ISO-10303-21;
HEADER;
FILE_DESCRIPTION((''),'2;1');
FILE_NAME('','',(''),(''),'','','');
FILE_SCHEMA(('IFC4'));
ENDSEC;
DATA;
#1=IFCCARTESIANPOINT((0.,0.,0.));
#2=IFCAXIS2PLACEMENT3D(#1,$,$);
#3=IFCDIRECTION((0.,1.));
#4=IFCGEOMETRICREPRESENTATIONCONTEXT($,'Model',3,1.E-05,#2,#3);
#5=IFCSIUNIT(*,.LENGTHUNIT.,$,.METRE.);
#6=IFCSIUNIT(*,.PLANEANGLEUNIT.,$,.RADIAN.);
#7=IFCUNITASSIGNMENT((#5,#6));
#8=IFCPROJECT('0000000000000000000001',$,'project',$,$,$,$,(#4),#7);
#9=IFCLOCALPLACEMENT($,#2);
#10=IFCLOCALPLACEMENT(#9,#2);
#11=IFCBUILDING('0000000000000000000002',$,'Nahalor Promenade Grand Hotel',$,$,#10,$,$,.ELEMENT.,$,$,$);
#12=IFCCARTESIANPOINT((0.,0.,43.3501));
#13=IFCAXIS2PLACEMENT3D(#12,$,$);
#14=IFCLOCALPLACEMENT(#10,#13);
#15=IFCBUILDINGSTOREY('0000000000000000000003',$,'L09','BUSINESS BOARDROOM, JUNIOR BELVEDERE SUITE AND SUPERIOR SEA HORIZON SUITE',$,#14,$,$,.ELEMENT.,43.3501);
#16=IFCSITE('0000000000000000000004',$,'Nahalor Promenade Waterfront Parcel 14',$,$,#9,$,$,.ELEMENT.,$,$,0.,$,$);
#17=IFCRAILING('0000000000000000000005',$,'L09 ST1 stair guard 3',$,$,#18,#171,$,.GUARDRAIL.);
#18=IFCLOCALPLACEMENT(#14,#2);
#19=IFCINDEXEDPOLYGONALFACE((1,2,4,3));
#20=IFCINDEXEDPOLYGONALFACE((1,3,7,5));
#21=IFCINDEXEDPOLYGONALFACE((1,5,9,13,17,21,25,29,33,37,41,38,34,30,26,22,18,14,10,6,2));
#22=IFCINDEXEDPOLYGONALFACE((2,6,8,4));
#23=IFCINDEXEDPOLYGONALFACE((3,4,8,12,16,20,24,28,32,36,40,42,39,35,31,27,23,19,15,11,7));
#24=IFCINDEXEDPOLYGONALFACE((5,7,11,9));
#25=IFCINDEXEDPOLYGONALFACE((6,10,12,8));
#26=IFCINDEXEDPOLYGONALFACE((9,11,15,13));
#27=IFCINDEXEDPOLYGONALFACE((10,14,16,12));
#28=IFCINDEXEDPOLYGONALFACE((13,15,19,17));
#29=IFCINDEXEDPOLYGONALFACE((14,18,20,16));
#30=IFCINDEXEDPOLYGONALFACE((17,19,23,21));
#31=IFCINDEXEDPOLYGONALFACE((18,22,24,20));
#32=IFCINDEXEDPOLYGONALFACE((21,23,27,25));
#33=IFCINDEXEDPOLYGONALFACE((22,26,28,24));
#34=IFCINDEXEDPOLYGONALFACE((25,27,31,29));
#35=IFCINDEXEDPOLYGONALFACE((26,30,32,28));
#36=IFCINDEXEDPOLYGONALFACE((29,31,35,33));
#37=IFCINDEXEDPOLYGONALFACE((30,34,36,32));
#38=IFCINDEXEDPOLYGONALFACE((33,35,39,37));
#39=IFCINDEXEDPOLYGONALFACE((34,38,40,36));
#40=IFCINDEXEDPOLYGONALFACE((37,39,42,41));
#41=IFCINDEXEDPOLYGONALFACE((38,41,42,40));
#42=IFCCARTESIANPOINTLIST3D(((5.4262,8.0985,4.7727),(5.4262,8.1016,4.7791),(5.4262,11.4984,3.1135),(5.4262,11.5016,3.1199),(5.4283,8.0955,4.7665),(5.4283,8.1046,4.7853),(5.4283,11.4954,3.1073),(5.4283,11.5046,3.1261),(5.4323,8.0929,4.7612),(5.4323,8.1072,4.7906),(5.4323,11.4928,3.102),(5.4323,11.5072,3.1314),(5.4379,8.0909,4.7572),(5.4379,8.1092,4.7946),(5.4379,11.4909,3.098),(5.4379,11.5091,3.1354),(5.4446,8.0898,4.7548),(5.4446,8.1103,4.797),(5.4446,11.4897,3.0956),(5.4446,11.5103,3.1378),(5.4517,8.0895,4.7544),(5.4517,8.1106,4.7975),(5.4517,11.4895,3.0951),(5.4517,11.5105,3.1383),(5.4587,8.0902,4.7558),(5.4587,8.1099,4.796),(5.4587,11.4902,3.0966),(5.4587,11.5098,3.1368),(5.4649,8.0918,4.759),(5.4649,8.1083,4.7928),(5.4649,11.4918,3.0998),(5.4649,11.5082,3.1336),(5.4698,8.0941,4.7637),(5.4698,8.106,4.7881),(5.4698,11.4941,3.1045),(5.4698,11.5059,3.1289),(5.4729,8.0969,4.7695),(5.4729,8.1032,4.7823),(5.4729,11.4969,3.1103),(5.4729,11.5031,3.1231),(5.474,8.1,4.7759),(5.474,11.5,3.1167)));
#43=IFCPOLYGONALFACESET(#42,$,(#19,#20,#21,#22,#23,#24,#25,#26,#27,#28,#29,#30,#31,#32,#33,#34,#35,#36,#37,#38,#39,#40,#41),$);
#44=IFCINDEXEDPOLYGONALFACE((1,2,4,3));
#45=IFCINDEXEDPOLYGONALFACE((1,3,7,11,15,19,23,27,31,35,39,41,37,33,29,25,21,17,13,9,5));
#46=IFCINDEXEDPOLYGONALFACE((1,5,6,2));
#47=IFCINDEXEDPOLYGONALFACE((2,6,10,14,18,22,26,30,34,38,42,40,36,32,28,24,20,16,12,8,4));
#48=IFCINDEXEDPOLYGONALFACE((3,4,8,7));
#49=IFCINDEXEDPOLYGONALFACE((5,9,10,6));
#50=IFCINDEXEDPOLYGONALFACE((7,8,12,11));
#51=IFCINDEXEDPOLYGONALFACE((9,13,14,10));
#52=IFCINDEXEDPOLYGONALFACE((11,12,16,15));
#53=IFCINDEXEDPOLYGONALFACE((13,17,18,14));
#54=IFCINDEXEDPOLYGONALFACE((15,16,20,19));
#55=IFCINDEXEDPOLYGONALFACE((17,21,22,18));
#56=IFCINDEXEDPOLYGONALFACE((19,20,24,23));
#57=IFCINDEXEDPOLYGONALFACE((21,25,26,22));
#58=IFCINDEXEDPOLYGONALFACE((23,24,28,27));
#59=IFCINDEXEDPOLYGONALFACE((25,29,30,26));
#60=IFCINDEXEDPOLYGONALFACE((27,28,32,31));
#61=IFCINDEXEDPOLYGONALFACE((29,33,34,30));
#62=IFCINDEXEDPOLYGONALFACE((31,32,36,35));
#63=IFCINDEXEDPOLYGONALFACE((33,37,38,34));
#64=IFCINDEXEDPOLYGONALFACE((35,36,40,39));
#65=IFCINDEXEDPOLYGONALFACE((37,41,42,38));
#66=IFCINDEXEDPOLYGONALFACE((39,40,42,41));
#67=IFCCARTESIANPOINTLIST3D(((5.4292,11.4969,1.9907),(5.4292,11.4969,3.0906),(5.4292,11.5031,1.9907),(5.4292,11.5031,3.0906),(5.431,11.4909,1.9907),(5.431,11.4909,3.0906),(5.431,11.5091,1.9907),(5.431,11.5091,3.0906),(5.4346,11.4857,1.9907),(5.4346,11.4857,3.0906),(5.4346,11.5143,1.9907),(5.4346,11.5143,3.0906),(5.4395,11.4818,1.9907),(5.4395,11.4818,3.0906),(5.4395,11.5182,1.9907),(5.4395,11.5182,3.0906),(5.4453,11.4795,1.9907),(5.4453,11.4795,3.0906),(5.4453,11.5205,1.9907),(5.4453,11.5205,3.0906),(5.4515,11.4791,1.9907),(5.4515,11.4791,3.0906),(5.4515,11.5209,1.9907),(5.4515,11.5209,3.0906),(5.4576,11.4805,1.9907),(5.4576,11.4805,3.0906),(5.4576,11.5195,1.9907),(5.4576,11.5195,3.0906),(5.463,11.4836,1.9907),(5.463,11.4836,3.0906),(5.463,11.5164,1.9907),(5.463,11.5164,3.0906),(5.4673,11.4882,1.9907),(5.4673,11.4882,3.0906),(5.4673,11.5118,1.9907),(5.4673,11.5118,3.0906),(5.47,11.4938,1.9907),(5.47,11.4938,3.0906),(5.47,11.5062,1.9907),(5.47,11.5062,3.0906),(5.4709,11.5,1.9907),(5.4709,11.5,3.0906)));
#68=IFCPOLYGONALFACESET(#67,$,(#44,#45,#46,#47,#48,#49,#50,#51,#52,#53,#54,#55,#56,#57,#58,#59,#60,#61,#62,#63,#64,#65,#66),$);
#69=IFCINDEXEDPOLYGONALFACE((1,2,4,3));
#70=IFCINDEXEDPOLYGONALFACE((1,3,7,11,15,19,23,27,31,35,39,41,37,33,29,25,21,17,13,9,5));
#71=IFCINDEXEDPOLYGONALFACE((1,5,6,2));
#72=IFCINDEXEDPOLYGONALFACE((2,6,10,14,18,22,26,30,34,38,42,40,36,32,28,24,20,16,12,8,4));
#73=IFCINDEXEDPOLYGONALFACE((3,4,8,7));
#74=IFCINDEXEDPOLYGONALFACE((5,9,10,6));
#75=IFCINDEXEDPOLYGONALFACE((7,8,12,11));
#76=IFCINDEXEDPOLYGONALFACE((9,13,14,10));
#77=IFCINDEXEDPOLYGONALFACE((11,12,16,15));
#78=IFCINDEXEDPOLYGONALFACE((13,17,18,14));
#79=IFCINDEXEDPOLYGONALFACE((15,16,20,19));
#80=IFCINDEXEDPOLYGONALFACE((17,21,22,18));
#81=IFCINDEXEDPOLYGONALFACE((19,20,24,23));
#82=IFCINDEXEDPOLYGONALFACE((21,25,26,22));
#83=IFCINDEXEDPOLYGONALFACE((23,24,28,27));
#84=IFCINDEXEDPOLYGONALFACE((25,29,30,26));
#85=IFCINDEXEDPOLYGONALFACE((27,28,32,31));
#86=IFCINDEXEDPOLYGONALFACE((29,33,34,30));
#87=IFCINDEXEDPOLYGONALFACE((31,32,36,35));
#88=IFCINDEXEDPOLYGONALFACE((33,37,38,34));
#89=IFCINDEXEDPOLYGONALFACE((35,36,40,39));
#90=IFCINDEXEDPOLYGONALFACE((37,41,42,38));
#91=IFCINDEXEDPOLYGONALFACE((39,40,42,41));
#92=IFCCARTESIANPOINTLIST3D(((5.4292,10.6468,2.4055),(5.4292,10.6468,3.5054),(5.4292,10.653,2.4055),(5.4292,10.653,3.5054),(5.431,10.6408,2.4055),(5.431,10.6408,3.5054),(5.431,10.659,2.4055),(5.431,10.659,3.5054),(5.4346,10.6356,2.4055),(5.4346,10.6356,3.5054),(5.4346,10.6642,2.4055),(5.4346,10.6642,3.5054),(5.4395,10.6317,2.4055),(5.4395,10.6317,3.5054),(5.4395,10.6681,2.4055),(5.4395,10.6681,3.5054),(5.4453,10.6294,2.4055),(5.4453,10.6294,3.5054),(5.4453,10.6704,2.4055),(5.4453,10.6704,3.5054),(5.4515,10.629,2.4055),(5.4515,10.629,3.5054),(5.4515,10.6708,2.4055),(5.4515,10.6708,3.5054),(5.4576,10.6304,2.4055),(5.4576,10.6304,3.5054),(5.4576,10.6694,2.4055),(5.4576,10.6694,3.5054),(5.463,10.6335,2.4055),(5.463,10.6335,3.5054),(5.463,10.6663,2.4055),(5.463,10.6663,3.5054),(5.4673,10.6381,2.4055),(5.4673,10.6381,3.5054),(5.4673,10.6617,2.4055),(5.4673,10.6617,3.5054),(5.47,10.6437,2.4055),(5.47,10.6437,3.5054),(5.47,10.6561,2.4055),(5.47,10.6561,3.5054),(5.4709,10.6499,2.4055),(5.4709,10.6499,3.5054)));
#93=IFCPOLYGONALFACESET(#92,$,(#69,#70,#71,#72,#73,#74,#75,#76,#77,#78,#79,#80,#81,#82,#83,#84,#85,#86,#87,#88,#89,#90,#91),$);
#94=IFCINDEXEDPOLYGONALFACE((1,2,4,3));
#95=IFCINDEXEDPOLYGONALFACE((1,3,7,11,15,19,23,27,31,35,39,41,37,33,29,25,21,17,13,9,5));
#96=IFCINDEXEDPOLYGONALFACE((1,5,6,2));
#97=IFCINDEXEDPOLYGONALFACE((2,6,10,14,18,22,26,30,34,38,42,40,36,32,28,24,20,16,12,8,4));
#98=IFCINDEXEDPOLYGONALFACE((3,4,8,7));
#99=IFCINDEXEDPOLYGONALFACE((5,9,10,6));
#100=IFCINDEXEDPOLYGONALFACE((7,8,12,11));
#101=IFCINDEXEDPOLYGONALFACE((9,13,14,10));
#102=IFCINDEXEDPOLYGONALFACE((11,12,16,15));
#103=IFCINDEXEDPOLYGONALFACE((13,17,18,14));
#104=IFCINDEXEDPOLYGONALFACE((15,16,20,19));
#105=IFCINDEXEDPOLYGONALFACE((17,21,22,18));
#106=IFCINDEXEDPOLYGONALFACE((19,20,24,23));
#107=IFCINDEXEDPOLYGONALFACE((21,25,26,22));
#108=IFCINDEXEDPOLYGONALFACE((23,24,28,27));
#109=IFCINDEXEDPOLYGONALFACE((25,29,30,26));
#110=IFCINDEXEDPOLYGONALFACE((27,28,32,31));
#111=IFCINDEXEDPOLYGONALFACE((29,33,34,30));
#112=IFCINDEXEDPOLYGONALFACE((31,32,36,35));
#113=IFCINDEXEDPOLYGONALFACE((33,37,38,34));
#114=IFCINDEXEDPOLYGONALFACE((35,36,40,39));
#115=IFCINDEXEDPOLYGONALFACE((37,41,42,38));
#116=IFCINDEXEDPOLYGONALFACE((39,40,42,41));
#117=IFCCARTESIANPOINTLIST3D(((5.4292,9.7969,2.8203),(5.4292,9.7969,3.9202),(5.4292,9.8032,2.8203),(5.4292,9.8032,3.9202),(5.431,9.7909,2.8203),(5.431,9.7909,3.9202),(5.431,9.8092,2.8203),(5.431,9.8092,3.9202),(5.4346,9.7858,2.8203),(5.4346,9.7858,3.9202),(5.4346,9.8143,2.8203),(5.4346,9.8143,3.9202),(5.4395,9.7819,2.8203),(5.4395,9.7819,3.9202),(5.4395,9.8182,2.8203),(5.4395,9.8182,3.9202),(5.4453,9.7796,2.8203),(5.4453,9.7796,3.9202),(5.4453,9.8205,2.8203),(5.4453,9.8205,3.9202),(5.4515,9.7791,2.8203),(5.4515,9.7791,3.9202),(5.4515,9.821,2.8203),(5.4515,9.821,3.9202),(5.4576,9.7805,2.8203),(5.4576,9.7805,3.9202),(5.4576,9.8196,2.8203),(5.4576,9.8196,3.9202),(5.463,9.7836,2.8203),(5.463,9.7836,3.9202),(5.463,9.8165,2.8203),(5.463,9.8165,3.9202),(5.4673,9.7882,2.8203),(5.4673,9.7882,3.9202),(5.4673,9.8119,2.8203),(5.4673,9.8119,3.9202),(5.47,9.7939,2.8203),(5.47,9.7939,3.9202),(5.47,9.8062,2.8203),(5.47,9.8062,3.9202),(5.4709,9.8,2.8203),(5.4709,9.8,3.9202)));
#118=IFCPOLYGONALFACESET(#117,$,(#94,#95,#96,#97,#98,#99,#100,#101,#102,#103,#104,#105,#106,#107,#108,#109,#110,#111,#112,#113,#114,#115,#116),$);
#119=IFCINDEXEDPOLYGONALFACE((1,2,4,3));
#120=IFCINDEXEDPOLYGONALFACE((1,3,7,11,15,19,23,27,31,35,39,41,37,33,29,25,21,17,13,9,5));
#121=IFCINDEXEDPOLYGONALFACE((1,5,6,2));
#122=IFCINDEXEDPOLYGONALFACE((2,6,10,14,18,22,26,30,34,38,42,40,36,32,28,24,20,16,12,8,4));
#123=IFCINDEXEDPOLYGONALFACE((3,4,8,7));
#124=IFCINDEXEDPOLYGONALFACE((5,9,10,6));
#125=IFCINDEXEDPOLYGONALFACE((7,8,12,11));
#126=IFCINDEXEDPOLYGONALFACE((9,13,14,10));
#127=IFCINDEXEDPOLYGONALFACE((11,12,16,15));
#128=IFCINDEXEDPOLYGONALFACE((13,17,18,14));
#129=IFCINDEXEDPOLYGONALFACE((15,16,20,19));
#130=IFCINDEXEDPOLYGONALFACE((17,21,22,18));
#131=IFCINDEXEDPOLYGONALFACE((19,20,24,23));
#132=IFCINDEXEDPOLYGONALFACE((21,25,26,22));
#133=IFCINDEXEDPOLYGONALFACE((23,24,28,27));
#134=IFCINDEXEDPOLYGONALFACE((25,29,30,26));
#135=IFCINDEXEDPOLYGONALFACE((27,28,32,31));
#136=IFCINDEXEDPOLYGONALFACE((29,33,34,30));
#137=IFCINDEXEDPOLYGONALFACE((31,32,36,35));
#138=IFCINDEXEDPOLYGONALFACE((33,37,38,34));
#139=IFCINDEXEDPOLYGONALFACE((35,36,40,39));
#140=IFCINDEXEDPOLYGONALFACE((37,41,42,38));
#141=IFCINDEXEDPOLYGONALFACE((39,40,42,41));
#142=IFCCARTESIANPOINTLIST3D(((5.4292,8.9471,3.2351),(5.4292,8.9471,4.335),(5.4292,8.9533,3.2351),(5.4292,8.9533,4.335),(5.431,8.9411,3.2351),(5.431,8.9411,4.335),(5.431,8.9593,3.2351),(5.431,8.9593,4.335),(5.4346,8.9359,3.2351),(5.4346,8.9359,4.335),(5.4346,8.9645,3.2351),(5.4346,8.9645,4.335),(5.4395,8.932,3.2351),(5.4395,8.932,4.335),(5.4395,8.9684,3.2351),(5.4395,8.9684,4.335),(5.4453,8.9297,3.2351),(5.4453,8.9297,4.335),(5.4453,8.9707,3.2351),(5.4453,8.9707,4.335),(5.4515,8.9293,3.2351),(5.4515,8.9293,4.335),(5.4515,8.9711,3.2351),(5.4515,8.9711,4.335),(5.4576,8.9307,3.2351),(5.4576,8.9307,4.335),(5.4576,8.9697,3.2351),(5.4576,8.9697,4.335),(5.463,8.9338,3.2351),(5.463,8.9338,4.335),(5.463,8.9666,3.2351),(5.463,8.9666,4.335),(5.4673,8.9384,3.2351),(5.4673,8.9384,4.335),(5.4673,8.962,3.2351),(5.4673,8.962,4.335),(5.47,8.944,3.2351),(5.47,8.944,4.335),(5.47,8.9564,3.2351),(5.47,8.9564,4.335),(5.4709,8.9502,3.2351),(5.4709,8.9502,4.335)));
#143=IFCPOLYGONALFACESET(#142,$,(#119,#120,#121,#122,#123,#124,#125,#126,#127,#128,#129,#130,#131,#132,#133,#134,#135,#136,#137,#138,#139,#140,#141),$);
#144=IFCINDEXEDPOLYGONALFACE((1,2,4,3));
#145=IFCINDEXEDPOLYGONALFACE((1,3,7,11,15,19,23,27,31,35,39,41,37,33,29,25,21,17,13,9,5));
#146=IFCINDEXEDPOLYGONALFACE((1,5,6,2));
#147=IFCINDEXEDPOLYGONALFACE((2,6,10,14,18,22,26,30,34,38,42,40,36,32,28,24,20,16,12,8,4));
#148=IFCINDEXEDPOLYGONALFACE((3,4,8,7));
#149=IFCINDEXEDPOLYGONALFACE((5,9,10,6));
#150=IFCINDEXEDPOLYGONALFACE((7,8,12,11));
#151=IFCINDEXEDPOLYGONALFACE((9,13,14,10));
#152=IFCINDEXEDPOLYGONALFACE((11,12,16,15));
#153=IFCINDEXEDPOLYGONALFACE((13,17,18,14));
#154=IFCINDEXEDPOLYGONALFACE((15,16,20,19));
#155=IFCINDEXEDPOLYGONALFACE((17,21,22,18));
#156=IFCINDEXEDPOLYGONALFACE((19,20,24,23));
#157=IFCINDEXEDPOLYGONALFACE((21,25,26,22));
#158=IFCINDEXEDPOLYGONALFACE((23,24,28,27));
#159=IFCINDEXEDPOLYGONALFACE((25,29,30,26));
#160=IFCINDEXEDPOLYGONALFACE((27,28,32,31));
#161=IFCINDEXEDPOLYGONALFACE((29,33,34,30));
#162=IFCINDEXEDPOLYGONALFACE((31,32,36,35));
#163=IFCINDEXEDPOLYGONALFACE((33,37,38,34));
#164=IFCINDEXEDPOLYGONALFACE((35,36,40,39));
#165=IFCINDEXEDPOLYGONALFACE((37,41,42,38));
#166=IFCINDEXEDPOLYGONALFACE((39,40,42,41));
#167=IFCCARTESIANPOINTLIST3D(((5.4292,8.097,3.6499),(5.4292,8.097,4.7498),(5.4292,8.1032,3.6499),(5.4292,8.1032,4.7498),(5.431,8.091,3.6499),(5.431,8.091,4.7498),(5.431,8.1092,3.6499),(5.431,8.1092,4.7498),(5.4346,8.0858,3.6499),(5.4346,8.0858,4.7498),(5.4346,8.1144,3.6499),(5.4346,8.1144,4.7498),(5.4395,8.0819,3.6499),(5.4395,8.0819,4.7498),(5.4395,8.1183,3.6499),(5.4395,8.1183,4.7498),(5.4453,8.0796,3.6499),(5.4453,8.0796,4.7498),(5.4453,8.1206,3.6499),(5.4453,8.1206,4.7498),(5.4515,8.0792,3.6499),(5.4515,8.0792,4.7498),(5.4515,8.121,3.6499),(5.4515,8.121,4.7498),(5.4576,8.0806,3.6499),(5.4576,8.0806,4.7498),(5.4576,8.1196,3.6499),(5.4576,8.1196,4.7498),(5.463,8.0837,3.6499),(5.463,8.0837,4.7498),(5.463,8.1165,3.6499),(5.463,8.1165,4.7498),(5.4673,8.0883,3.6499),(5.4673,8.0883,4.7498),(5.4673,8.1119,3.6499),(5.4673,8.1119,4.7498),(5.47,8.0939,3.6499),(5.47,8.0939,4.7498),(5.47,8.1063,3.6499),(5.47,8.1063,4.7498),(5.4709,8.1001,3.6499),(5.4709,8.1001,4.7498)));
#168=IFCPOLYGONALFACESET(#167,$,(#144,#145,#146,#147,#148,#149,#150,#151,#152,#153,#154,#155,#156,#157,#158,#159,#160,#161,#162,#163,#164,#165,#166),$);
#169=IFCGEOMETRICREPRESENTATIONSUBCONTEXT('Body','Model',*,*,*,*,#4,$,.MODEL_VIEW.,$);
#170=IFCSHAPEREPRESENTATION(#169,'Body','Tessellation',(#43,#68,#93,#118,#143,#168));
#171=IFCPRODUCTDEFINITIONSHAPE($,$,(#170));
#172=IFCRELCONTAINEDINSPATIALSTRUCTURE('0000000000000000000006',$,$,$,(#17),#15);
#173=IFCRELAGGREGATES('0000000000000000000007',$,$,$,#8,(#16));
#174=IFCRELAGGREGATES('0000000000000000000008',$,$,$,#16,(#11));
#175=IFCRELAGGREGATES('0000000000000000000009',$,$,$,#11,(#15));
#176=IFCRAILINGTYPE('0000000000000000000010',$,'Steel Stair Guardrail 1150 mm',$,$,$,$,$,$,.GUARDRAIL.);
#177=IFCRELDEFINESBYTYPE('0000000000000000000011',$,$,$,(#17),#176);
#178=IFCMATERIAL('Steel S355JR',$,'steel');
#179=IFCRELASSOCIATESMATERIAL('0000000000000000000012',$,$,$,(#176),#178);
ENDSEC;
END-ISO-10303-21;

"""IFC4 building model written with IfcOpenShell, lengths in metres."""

from ifc_helpers import new_model, si_unit, direction, frame, origin, origin_2d, place, context, subcontext, project, spatial, circle, extrude, material, type_object, element, save


model = new_model("IFC4")

# Units and contexts
model_context = context("Model", 3, precision=1e-05, world=origin(), true_north=direction((0.0, 1.0)))
body_context = subcontext(model_context, "Body", "Model", "MODEL_VIEW")
ifc_project = project(units=[si_unit("LENGTHUNIT", "METRE"), si_unit("PLANEANGLEUNIT", "RADIAN")], contexts=[model_context])

# Site, building, storey
site_placement = place(None, origin())
site = spatial("IfcSite", under=ifc_project, at=site_placement, Name="Nahalor Promenade Waterfront Parcel 14", CompositionType="ELEMENT", RefElevation=0.0)
building_placement = place(site_placement, origin())
building = spatial("IfcBuilding", under=site, at=building_placement, Name="Nahalor Promenade Grand Hotel", CompositionType="ELEMENT")
storey_placement = place(building_placement, frame((0.0, 0.0, 43.3501)))
storey = spatial("IfcBuildingStorey", under=building, at=storey_placement, Name="L09", Description="BUSINESS BOARDROOM, JUNIOR BELVEDERE SUITE AND SUPERIOR SEA HORIZON SUITE", CompositionType="ELEMENT", Elevation=43.3501)

# Shared definitions
ifc_material_1 = material(Name="Steel S355JR", Category="steel")

# Railing
railing_type_1 = type_object("IfcRailingType", Name="Steel Stair Guardrail 1150 mm", PredefinedType="GUARDRAIL", material=ifc_material_1)
railing_1_placement = place(storey_placement, frame((5.45, 11.5, 1.9907)))
element("IfcRailing", 1, at=railing_1_placement, inside=storey, type_object=railing_type_1, Name="L09 ST1 stair guard 3", PredefinedType="GUARDRAIL", context=body_context, shape_type="SweptSolid", body=[
    extrude(circle(Radius=0.024, at=origin_2d()), frame((0.0, 0.0, 1.126), z_axis=(0.0, -0.898696, 0.438571), x_axis=(1.0, 0.0, 0.0)), (0.0, 0.0, 1.0), 3.7832),
    extrude(circle(Radius=0.021, at=origin_2d()), origin(), (0.0, 0.0, 1.0), 1.0999),
    extrude(circle(Radius=0.021, at=origin_2d()), frame((0.0, -0.8501, 0.4148)), (0.0, 0.0, 1.0), 1.0999),
    extrude(circle(Radius=0.021, at=origin_2d()), frame((0.0, -1.7, 0.8296)), (0.0, 0.0, 1.0), 1.0999),
    extrude(circle(Radius=0.021, at=origin_2d()), frame((0.0, -2.5498, 1.2444)), (0.0, 0.0, 1.0), 1.0999),
    extrude(circle(Radius=0.021, at=origin_2d()), frame((0.0, -3.3999, 1.6592)), (0.0, 0.0, 1.0), 1.0999),
])

save(model, "model.ifc")
